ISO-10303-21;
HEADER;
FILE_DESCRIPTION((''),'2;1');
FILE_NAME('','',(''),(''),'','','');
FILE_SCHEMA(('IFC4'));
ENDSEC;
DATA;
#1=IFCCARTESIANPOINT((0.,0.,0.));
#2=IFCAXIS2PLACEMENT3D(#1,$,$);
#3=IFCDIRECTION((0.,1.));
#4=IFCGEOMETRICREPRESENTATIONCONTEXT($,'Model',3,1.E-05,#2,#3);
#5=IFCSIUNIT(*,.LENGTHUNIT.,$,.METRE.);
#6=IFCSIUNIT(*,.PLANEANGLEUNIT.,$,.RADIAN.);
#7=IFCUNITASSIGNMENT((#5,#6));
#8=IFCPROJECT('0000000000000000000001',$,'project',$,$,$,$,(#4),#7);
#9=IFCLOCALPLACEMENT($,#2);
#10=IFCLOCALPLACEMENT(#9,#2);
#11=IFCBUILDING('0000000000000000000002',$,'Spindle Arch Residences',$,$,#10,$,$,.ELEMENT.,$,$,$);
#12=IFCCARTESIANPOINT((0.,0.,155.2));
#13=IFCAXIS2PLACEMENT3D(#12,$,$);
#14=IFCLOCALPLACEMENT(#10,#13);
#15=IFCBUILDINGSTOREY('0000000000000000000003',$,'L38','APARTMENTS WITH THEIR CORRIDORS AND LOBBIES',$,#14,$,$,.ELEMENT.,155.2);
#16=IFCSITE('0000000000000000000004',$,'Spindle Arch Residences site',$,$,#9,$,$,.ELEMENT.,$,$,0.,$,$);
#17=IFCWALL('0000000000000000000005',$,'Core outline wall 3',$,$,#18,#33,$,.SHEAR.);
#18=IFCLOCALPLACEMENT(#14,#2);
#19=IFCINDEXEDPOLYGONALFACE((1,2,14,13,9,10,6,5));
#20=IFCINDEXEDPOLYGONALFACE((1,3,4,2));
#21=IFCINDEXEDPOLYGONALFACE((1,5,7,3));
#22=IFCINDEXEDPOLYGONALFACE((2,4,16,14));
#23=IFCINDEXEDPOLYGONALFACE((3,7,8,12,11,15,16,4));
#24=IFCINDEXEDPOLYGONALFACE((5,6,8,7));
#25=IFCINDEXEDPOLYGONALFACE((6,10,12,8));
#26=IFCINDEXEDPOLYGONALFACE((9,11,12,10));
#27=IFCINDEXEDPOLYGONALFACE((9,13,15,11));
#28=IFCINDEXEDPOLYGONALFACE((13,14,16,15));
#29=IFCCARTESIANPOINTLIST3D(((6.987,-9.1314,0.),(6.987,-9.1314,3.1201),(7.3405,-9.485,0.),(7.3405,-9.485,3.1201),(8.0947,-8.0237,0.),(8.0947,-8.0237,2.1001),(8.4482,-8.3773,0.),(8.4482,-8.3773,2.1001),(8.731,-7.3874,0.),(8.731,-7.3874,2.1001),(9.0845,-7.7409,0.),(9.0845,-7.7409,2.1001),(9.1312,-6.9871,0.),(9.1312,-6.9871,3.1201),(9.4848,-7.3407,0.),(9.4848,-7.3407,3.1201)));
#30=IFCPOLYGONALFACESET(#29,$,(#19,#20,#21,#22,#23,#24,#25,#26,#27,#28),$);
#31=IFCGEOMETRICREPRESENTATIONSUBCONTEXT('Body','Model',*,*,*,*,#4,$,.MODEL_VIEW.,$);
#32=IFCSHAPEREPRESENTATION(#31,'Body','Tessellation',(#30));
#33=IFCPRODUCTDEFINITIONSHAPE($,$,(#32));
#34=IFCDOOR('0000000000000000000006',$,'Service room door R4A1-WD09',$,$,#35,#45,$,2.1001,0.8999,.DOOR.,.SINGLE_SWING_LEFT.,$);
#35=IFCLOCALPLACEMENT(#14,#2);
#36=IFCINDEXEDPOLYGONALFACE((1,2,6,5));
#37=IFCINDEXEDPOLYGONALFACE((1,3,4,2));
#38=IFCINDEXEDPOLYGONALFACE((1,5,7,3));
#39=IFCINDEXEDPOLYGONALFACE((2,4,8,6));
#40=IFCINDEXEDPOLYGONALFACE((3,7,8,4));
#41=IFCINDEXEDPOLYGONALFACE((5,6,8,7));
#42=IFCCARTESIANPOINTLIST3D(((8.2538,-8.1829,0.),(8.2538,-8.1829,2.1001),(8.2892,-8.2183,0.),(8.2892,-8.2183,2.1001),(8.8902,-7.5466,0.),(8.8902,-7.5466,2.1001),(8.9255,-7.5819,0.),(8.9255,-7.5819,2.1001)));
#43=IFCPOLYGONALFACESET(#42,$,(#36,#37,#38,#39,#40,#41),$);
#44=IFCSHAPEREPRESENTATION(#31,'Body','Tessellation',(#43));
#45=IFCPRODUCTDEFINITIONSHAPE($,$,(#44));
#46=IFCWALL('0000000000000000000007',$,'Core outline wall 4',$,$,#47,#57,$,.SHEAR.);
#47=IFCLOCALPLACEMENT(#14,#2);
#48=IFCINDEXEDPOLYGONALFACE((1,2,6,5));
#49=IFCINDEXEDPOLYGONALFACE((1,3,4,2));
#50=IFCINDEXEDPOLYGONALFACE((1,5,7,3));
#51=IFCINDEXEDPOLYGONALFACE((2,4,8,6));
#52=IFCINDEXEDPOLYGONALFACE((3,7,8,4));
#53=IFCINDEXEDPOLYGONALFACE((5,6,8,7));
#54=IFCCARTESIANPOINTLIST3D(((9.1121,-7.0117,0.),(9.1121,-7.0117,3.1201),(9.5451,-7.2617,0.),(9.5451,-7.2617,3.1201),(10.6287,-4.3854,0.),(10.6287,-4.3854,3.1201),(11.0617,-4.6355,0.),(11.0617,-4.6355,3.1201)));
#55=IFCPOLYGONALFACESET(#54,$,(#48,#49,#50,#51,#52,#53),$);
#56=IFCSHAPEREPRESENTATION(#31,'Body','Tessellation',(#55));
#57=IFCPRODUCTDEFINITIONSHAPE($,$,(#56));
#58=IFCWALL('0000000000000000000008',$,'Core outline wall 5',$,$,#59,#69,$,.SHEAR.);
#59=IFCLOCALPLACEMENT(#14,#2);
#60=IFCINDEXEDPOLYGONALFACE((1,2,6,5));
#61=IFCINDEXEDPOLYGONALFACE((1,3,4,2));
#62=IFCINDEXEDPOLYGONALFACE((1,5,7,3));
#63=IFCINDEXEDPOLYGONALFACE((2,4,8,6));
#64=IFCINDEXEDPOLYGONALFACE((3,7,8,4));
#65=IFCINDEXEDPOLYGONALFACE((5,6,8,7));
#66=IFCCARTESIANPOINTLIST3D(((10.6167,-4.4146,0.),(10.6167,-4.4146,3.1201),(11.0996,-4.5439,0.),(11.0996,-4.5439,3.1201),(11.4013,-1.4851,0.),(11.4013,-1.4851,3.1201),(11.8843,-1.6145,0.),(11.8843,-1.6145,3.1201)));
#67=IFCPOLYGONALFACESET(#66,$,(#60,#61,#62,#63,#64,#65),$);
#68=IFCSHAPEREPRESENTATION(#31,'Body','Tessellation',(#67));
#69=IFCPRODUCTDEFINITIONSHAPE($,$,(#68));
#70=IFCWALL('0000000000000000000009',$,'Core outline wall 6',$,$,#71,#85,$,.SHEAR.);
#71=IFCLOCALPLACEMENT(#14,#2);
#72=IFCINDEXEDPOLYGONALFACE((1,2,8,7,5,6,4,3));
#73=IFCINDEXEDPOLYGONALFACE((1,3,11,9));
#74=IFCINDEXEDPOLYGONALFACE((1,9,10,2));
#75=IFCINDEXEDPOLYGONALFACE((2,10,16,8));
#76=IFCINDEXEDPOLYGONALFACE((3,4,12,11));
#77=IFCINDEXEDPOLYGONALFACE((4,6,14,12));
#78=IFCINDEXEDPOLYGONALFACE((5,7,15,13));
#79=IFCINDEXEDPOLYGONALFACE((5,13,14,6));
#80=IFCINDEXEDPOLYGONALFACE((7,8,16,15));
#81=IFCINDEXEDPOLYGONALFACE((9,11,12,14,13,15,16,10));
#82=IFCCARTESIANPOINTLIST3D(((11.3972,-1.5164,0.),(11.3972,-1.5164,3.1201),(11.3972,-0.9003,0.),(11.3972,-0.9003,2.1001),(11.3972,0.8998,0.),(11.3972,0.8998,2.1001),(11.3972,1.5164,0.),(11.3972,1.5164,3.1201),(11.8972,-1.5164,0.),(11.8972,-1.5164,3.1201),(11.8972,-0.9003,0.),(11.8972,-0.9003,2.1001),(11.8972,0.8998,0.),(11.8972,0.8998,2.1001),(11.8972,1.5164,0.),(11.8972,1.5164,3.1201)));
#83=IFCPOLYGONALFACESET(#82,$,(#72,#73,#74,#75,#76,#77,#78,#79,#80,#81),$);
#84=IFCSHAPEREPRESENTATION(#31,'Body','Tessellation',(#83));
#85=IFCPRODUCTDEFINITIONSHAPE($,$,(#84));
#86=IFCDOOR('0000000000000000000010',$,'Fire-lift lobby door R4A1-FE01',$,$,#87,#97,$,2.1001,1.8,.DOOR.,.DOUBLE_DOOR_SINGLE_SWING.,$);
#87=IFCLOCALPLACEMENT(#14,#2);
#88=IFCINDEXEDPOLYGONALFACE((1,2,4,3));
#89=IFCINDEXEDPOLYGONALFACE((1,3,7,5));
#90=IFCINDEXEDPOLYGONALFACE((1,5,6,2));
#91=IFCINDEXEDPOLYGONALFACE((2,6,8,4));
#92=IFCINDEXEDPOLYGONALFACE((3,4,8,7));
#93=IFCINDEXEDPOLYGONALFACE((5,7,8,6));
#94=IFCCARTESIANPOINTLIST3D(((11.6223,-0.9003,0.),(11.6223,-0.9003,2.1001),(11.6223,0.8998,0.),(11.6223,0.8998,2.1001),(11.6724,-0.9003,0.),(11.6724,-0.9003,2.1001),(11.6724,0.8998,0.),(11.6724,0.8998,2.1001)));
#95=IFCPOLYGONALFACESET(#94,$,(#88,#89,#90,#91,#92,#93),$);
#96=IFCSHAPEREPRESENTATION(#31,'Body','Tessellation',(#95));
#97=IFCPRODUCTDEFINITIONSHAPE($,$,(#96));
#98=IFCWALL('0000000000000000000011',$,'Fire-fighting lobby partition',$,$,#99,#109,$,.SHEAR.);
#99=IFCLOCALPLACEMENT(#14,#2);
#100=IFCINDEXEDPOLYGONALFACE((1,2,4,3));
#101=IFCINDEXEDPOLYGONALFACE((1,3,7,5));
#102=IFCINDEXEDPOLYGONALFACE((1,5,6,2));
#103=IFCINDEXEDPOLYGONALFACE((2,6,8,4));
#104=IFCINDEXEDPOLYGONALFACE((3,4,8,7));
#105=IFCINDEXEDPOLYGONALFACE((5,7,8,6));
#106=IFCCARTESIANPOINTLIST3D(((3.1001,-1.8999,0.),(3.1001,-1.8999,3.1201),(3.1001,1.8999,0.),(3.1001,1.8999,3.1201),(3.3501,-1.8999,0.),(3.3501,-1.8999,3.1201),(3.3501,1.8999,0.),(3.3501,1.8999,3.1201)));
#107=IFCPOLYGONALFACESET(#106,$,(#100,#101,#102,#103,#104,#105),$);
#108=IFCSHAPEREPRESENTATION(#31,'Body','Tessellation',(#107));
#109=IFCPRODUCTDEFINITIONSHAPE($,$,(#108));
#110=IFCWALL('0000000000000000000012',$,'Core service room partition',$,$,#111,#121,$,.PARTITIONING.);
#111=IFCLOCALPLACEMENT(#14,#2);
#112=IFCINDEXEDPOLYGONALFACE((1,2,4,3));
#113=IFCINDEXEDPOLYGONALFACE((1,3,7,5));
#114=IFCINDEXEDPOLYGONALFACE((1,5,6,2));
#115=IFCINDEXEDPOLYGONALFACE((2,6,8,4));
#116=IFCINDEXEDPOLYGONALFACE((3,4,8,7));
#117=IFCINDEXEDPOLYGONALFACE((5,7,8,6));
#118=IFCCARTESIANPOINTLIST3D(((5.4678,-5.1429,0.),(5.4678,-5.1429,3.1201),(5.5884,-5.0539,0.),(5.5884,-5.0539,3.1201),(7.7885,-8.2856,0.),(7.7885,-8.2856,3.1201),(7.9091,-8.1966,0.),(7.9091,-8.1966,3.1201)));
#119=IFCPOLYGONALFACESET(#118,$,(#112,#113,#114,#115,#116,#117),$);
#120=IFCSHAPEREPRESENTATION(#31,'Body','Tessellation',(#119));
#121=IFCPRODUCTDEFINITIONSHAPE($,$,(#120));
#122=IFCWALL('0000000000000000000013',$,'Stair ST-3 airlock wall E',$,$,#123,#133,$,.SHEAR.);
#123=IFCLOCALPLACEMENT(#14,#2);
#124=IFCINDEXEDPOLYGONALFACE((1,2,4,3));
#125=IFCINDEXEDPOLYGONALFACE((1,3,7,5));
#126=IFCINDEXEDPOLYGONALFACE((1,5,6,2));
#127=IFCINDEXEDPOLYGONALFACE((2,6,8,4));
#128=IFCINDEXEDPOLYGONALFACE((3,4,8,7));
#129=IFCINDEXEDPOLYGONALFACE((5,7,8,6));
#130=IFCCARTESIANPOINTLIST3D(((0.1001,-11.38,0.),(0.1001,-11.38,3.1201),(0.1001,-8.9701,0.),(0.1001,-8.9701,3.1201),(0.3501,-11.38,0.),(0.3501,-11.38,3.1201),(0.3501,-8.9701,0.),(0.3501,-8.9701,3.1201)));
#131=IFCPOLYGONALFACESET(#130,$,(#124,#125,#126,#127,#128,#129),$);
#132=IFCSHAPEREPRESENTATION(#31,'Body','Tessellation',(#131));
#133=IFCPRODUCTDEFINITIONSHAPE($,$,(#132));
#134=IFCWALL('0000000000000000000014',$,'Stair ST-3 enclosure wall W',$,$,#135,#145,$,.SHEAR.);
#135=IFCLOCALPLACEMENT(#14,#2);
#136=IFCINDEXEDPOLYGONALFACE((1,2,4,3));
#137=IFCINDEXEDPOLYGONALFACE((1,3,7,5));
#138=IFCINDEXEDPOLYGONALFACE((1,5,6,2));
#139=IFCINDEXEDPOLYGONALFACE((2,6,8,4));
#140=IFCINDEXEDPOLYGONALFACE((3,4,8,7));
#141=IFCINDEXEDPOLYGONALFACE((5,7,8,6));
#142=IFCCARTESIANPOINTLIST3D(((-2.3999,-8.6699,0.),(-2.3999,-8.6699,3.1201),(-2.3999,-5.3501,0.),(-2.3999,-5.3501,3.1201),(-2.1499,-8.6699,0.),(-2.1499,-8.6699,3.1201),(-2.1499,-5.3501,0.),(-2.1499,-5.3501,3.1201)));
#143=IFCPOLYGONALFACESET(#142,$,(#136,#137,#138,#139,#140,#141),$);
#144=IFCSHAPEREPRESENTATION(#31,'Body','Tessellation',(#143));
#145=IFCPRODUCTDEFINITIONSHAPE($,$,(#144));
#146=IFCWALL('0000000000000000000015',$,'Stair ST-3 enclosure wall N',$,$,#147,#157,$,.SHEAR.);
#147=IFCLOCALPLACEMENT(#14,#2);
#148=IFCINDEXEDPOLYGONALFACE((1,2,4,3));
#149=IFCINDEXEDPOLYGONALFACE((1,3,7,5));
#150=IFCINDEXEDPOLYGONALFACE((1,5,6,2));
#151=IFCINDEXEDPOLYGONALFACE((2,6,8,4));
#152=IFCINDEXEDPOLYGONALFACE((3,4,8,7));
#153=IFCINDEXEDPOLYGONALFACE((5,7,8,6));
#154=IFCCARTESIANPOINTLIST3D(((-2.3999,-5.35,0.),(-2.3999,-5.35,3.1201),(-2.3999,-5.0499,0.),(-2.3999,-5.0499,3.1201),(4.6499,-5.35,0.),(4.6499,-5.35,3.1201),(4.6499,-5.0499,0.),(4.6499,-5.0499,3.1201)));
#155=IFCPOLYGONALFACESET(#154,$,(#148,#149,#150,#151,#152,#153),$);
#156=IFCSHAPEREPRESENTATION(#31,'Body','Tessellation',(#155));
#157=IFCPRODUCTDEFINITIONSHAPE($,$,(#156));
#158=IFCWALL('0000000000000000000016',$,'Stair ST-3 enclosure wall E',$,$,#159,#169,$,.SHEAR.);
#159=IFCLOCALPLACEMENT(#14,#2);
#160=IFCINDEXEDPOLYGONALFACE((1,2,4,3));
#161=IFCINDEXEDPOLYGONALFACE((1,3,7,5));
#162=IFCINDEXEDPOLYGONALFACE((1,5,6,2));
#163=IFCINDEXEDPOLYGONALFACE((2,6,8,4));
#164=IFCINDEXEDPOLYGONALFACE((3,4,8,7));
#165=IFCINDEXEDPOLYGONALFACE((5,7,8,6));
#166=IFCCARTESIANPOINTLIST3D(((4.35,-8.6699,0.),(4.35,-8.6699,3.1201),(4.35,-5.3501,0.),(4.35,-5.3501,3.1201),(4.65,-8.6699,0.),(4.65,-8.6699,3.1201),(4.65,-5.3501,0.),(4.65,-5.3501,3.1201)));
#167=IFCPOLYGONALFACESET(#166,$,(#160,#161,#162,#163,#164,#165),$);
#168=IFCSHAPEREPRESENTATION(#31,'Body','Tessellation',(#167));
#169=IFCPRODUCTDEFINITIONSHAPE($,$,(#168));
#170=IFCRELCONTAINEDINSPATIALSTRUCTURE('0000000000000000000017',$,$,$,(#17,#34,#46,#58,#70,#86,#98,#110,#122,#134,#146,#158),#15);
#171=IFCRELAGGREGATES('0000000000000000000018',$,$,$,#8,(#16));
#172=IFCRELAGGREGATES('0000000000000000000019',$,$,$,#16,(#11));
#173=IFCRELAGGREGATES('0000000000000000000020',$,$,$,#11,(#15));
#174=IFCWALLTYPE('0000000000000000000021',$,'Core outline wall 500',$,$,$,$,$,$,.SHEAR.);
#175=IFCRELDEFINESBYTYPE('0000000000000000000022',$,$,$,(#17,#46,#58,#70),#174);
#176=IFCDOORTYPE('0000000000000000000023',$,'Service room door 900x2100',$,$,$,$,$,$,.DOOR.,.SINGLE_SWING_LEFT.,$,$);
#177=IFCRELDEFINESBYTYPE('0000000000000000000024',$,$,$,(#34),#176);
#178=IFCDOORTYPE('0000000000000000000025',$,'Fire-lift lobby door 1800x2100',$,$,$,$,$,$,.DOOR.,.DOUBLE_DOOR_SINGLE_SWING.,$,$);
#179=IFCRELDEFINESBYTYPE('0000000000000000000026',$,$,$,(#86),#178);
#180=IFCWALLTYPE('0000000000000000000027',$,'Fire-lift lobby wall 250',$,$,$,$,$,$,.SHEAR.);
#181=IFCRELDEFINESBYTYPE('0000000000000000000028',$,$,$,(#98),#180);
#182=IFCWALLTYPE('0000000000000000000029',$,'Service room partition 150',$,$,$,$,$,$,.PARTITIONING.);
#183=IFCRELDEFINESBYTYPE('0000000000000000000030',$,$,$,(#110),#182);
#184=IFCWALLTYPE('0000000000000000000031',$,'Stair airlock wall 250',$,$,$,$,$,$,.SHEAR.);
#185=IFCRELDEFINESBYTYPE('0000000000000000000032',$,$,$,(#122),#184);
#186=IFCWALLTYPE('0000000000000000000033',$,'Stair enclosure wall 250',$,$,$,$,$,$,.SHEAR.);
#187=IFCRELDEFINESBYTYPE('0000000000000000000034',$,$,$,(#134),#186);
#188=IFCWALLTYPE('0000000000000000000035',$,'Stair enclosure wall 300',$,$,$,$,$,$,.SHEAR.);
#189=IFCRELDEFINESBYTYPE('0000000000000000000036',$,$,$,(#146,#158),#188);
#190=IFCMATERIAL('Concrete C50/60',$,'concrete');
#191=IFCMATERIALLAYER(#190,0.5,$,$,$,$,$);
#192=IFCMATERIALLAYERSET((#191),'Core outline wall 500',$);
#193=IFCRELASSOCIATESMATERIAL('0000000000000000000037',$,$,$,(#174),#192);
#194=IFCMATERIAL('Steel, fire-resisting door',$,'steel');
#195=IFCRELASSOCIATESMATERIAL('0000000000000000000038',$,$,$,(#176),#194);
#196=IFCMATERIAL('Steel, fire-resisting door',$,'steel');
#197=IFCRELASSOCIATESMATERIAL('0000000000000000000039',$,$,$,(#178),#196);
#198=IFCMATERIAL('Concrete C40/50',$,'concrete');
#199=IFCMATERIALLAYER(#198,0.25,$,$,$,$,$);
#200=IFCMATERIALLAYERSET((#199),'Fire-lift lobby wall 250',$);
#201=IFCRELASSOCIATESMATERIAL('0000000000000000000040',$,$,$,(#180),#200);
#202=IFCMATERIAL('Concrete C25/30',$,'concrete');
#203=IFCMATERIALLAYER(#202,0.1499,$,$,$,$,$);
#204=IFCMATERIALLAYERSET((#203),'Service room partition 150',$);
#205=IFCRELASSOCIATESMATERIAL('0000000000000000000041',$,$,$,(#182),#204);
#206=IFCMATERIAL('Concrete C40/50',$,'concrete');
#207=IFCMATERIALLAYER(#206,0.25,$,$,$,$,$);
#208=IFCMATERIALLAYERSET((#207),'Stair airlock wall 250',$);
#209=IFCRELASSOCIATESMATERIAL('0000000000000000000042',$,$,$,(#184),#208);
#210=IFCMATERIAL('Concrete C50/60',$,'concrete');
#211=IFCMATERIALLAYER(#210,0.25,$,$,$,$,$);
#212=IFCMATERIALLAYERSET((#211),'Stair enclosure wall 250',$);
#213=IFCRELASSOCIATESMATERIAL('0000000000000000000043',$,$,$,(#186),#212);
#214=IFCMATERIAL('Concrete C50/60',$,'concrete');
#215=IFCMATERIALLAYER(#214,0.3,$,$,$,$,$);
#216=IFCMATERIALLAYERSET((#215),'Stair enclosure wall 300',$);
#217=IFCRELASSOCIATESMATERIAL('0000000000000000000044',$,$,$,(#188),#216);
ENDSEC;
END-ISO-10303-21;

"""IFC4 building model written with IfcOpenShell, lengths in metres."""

from ifc_helpers import new_model, si_unit, direction, frame, frame_2d, origin, place, context, subcontext, project, spatial, rectangle, extrude, material, layer, layer_set, type_object, element, fill, save


model = new_model("IFC4")

# Units and contexts
model_context = context("Model", 3, precision=1e-05, world=origin(), true_north=direction((0.0, 1.0)))
body_context = subcontext(model_context, "Body", "Model", "MODEL_VIEW")
ifc_project = project(units=[si_unit("LENGTHUNIT", "METRE"), si_unit("PLANEANGLEUNIT", "RADIAN")], contexts=[model_context])

# Site, building, storey
site_placement = place(None, origin())
site = spatial("IfcSite", under=ifc_project, at=site_placement, Name="Spindle Arch Residences site", CompositionType="ELEMENT", RefElevation=0.0)
building_placement = place(site_placement, origin())
building = spatial("IfcBuilding", under=site, at=building_placement, Name="Spindle Arch Residences", CompositionType="ELEMENT")
storey_placement = place(building_placement, frame((0.0, 0.0, 155.2)))
storey = spatial("IfcBuildingStorey", under=building, at=storey_placement, Name="L38", Description="APARTMENTS WITH THEIR CORRIDORS AND LOBBIES", CompositionType="ELEMENT", Elevation=155.2)

# Wall, opening, door
ifc_material_1 = material(Name="Concrete C50/60", Category="concrete")
ifc_layer_1 = layer(ifc_material_1, 0.5)
ifc_layer_set_1 = layer_set([ifc_layer_1], Name="Core outline wall 500")
wall_type_1 = type_object("IfcWallType", Name="Core outline wall 500", PredefinedType="SHEAR", material=ifc_layer_set_1)
wall_1_placement = place(storey_placement, frame((7.1638, -9.3081, 0.0), z_axis=(0.0, 0.0, 1.0), x_axis=(0.707107, 0.707107, 0.0)))
wall_1 = element("IfcWall", 1, at=wall_1_placement, inside=storey, type_object=wall_type_1, Name="Core outline wall 3", PredefinedType="SHEAR", context=body_context, shape_type="SweptSolid", body=[
    extrude(rectangle(XDim=3.0325, YDim=0.5, at=frame_2d((1.5161, 0.0))), origin(), (0.0, 0.0, 1.0), 3.1201),
])
opening_1_placement = place(wall_1_placement, frame((1.5664, 0.0, 0.0)))
opening_1 = element("IfcOpeningElement", 2, at=opening_1_placement, cuts=wall_1, PredefinedType="OPENING", context=body_context, shape_type="SweptSolid", body=[
    extrude(rectangle(XDim=0.8999, YDim=2.1001, at=frame_2d((0.45, 1.05))), frame((0.0, 0.26, 0.0), z_axis=(0.0, -1.0, 0.0), x_axis=(1.0, 0.0, 0.0)), (0.0, 0.0, 1.0), 0.52),
])
ifc_material_2 = material(Name="Steel, fire-resisting door", Category="steel")
door_type_1 = type_object("IfcDoorType", Name="Service room door 900x2100", OperationType="SINGLE_SWING_LEFT", PredefinedType="DOOR", material=ifc_material_2)
door_1_placement = place(opening_1_placement, origin())
door_1 = element("IfcDoor", 3, at=door_1_placement, inside=storey, type_object=door_type_1, Name="Service room door R4A1-WD09", OperationType="SINGLE_SWING_LEFT", OverallHeight=2.1001, OverallWidth=0.8999, PredefinedType="DOOR", context=body_context, shape_type="SweptSolid", body=[
    extrude(rectangle(XDim=0.8999, YDim=2.1001, at=frame_2d((0.45, 1.05))), frame((0.0, 0.0249, 0.0), z_axis=(0.0, -1.0, 0.0), x_axis=(1.0, 0.0, 0.0)), (0.0, 0.0, 1.0), 0.05),
])
fill(opening_1, door_1)

# Walls
for number, where, z_axis, x_axis, name in (
    (4, (9.3286, -7.1367, 0.0), (0.0, 0.0, 1.0), (0.500087, 0.865975, 0.0), "Core outline wall 4"),
    (5, (10.8582, -4.4792, 0.0), (0.0, 0.0, 1.0), (0.258735, 0.965948, 0.0), "Core outline wall 5"),
):
    element("IfcWall", number, at=place(storey_placement, frame(where, z_axis=z_axis, x_axis=x_axis)), inside=storey, type_object=wall_type_1, Name=name, PredefinedType="SHEAR", context=body_context, shape_type="SweptSolid", body=[
        extrude(rectangle(XDim=3.0327, YDim=0.5, at=frame_2d((1.5164, 0.0))), origin(), (0.0, 0.0, 1.0), 3.1201),
    ])

# Wall, opening, door
wall_2_placement = place(storey_placement, frame((11.6472, -1.5164, 0.0), z_axis=(0.0, 0.0, 1.0), x_axis=(0.0, 1.0, 0.0)))
wall_2 = element("IfcWall", 6, at=wall_2_placement, inside=storey, type_object=wall_type_1, Name="Core outline wall 6", PredefinedType="SHEAR", context=body_context, shape_type="SweptSolid", body=[
    extrude(rectangle(XDim=3.0327, YDim=0.5, at=frame_2d((1.5164, 0.0))), origin(), (0.0, 0.0, 1.0), 3.1201),
])
opening_2_placement = place(wall_2_placement, frame((0.6162, 0.0, 0.0)))
opening_2 = element("IfcOpeningElement", 7, at=opening_2_placement, cuts=wall_2, PredefinedType="OPENING", context=body_context, shape_type="SweptSolid", body=[
    extrude(rectangle(XDim=1.8, YDim=2.1001, at=frame_2d((0.8999, 1.05))), frame((0.0, 0.26, 0.0), z_axis=(0.0, -1.0, 0.0), x_axis=(1.0, 0.0, 0.0)), (0.0, 0.0, 1.0), 0.52),
])
ifc_material_3 = material(Name="Steel, fire-resisting door", Category="steel")
door_type_2 = type_object("IfcDoorType", Name="Fire-lift lobby door 1800x2100", OperationType="DOUBLE_DOOR_SINGLE_SWING", PredefinedType="DOOR", material=ifc_material_3)
door_2_placement = place(opening_2_placement, origin())
door_2 = element("IfcDoor", 8, at=door_2_placement, inside=storey, type_object=door_type_2, Name="Fire-lift lobby door R4A1-FE01", OperationType="DOUBLE_DOOR_SINGLE_SWING", OverallHeight=2.1001, OverallWidth=1.8, PredefinedType="DOOR", context=body_context, shape_type="SweptSolid", body=[
    extrude(rectangle(XDim=1.8, YDim=2.1001, at=frame_2d((0.8999, 1.05))), frame((0.0, 0.0249, 0.0), z_axis=(0.0, -1.0, 0.0), x_axis=(1.0, 0.0, 0.0)), (0.0, 0.0, 1.0), 0.05),
])
fill(opening_2, door_2)

# Wall
ifc_material_4 = material(Name="Concrete C40/50", Category="concrete")
ifc_layer_2 = layer(ifc_material_4, 0.25)
ifc_layer_set_2 = layer_set([ifc_layer_2], Name="Fire-lift lobby wall 250")
wall_type_2 = type_object("IfcWallType", Name="Fire-lift lobby wall 250", PredefinedType="SHEAR", material=ifc_layer_set_2)
wall_3_placement = place(storey_placement, frame((3.2251, -1.8999, 0.0), z_axis=(0.0, 0.0, 1.0), x_axis=(0.0, 1.0, 0.0)))
element("IfcWall", 9, at=wall_3_placement, inside=storey, type_object=wall_type_2, Name="Fire-fighting lobby partition", PredefinedType="SHEAR", context=body_context, shape_type="SweptSolid", body=[
    extrude(rectangle(XDim=3.7998, YDim=0.25, at=frame_2d((1.8999, 0.0))), origin(), (0.0, 0.0, 1.0), 3.1201),
])

# Walls
ifc_material_5 = material(Name="Concrete C25/30", Category="concrete")
ifc_layer_3 = layer(ifc_material_5, 0.1499)
ifc_layer_set_3 = layer_set([ifc_layer_3], Name="Service room partition 150")
wall_type_3 = type_object("IfcWallType", Name="Service room partition 150", PredefinedType="PARTITIONING", material=ifc_layer_set_3)
wall_4_placement = place(storey_placement, frame((5.5281, -5.0984, 0.0), z_axis=(0.0, 0.0, 1.0), x_axis=(0.594034, -0.80444, 0.0)))
element("IfcWall", 10, at=wall_4_placement, inside=storey, type_object=wall_type_3, Name="Core service room partition", PredefinedType="PARTITIONING", context=body_context, shape_type="SweptSolid", body=[
    extrude(rectangle(XDim=3.9067, YDim=0.1499, at=frame_2d((1.9534, 0.0))), origin(), (0.0, 0.0, 1.0), 3.1201),
])
ifc_material_6 = material(Name="Concrete C40/50", Category="concrete")
ifc_layer_4 = layer(ifc_material_6, 0.25)
ifc_layer_set_4 = layer_set([ifc_layer_4], Name="Stair airlock wall 250")
wall_type_4 = type_object("IfcWallType", Name="Stair airlock wall 250", PredefinedType="SHEAR", material=ifc_layer_set_4)
wall_5_placement = place(storey_placement, frame((0.2251, -8.97, 0.0), z_axis=(0.0, 0.0, 1.0), x_axis=(0.0, -1.0, 0.0)))
element("IfcWall", 11, at=wall_5_placement, inside=storey, type_object=wall_type_4, Name="Stair ST-3 airlock wall E", PredefinedType="SHEAR", context=body_context, shape_type="SweptSolid", body=[
    extrude(rectangle(XDim=2.4099, YDim=0.25, at=frame_2d((1.2051, 0.0))), origin(), (0.0, 0.0, 1.0), 3.1201),
])
ifc_material_7 = material(Name="Concrete C50/60", Category="concrete")
ifc_layer_5 = layer(ifc_material_7, 0.25)
ifc_layer_set_5 = layer_set([ifc_layer_5], Name="Stair enclosure wall 250")
wall_type_5 = type_object("IfcWallType", Name="Stair enclosure wall 250", PredefinedType="SHEAR", material=ifc_layer_set_5)
wall_6_placement = place(storey_placement, frame((-2.2749, -8.6699, 0.0), z_axis=(0.0, 0.0, 1.0), x_axis=(0.0, 1.0, 0.0)))
element("IfcWall", 12, at=wall_6_placement, inside=storey, type_object=wall_type_5, Name="Stair ST-3 enclosure wall W", PredefinedType="SHEAR", context=body_context, shape_type="SweptSolid", body=[
    extrude(rectangle(XDim=3.3198, YDim=0.25, at=frame_2d((1.6599, 0.0))), origin(), (0.0, 0.0, 1.0), 3.1201),
])
ifc_material_8 = material(Name="Concrete C50/60", Category="concrete")
ifc_layer_6 = layer(ifc_material_8, 0.3)
ifc_layer_set_6 = layer_set([ifc_layer_6], Name="Stair enclosure wall 300")
wall_type_6 = type_object("IfcWallType", Name="Stair enclosure wall 300", PredefinedType="SHEAR", material=ifc_layer_set_6)
wall_7_placement = place(storey_placement, frame((-2.3999, -5.2, 0.0), z_axis=(0.0, 0.0, 1.0), x_axis=(1.0, 0.0, 0.0)))
element("IfcWall", 13, at=wall_7_placement, inside=storey, type_object=wall_type_6, Name="Stair ST-3 enclosure wall N", PredefinedType="SHEAR", context=body_context, shape_type="SweptSolid", body=[
    extrude(rectangle(XDim=7.0498, YDim=0.3, at=frame_2d((3.5249, 0.0))), origin(), (0.0, 0.0, 1.0), 3.1201),
])
wall_8_placement = place(storey_placement, frame((4.5, -8.6699, 0.0), z_axis=(0.0, 0.0, 1.0), x_axis=(0.0, 1.0, 0.0)))
element("IfcWall", 14, at=wall_8_placement, inside=storey, type_object=wall_type_6, Name="Stair ST-3 enclosure wall E", PredefinedType="SHEAR", context=body_context, shape_type="SweptSolid", body=[
    extrude(rectangle(XDim=3.3198, YDim=0.3, at=frame_2d((1.6599, 0.0))), origin(), (0.0, 0.0, 1.0), 3.1201),
])

save(model, "model.ifc")
